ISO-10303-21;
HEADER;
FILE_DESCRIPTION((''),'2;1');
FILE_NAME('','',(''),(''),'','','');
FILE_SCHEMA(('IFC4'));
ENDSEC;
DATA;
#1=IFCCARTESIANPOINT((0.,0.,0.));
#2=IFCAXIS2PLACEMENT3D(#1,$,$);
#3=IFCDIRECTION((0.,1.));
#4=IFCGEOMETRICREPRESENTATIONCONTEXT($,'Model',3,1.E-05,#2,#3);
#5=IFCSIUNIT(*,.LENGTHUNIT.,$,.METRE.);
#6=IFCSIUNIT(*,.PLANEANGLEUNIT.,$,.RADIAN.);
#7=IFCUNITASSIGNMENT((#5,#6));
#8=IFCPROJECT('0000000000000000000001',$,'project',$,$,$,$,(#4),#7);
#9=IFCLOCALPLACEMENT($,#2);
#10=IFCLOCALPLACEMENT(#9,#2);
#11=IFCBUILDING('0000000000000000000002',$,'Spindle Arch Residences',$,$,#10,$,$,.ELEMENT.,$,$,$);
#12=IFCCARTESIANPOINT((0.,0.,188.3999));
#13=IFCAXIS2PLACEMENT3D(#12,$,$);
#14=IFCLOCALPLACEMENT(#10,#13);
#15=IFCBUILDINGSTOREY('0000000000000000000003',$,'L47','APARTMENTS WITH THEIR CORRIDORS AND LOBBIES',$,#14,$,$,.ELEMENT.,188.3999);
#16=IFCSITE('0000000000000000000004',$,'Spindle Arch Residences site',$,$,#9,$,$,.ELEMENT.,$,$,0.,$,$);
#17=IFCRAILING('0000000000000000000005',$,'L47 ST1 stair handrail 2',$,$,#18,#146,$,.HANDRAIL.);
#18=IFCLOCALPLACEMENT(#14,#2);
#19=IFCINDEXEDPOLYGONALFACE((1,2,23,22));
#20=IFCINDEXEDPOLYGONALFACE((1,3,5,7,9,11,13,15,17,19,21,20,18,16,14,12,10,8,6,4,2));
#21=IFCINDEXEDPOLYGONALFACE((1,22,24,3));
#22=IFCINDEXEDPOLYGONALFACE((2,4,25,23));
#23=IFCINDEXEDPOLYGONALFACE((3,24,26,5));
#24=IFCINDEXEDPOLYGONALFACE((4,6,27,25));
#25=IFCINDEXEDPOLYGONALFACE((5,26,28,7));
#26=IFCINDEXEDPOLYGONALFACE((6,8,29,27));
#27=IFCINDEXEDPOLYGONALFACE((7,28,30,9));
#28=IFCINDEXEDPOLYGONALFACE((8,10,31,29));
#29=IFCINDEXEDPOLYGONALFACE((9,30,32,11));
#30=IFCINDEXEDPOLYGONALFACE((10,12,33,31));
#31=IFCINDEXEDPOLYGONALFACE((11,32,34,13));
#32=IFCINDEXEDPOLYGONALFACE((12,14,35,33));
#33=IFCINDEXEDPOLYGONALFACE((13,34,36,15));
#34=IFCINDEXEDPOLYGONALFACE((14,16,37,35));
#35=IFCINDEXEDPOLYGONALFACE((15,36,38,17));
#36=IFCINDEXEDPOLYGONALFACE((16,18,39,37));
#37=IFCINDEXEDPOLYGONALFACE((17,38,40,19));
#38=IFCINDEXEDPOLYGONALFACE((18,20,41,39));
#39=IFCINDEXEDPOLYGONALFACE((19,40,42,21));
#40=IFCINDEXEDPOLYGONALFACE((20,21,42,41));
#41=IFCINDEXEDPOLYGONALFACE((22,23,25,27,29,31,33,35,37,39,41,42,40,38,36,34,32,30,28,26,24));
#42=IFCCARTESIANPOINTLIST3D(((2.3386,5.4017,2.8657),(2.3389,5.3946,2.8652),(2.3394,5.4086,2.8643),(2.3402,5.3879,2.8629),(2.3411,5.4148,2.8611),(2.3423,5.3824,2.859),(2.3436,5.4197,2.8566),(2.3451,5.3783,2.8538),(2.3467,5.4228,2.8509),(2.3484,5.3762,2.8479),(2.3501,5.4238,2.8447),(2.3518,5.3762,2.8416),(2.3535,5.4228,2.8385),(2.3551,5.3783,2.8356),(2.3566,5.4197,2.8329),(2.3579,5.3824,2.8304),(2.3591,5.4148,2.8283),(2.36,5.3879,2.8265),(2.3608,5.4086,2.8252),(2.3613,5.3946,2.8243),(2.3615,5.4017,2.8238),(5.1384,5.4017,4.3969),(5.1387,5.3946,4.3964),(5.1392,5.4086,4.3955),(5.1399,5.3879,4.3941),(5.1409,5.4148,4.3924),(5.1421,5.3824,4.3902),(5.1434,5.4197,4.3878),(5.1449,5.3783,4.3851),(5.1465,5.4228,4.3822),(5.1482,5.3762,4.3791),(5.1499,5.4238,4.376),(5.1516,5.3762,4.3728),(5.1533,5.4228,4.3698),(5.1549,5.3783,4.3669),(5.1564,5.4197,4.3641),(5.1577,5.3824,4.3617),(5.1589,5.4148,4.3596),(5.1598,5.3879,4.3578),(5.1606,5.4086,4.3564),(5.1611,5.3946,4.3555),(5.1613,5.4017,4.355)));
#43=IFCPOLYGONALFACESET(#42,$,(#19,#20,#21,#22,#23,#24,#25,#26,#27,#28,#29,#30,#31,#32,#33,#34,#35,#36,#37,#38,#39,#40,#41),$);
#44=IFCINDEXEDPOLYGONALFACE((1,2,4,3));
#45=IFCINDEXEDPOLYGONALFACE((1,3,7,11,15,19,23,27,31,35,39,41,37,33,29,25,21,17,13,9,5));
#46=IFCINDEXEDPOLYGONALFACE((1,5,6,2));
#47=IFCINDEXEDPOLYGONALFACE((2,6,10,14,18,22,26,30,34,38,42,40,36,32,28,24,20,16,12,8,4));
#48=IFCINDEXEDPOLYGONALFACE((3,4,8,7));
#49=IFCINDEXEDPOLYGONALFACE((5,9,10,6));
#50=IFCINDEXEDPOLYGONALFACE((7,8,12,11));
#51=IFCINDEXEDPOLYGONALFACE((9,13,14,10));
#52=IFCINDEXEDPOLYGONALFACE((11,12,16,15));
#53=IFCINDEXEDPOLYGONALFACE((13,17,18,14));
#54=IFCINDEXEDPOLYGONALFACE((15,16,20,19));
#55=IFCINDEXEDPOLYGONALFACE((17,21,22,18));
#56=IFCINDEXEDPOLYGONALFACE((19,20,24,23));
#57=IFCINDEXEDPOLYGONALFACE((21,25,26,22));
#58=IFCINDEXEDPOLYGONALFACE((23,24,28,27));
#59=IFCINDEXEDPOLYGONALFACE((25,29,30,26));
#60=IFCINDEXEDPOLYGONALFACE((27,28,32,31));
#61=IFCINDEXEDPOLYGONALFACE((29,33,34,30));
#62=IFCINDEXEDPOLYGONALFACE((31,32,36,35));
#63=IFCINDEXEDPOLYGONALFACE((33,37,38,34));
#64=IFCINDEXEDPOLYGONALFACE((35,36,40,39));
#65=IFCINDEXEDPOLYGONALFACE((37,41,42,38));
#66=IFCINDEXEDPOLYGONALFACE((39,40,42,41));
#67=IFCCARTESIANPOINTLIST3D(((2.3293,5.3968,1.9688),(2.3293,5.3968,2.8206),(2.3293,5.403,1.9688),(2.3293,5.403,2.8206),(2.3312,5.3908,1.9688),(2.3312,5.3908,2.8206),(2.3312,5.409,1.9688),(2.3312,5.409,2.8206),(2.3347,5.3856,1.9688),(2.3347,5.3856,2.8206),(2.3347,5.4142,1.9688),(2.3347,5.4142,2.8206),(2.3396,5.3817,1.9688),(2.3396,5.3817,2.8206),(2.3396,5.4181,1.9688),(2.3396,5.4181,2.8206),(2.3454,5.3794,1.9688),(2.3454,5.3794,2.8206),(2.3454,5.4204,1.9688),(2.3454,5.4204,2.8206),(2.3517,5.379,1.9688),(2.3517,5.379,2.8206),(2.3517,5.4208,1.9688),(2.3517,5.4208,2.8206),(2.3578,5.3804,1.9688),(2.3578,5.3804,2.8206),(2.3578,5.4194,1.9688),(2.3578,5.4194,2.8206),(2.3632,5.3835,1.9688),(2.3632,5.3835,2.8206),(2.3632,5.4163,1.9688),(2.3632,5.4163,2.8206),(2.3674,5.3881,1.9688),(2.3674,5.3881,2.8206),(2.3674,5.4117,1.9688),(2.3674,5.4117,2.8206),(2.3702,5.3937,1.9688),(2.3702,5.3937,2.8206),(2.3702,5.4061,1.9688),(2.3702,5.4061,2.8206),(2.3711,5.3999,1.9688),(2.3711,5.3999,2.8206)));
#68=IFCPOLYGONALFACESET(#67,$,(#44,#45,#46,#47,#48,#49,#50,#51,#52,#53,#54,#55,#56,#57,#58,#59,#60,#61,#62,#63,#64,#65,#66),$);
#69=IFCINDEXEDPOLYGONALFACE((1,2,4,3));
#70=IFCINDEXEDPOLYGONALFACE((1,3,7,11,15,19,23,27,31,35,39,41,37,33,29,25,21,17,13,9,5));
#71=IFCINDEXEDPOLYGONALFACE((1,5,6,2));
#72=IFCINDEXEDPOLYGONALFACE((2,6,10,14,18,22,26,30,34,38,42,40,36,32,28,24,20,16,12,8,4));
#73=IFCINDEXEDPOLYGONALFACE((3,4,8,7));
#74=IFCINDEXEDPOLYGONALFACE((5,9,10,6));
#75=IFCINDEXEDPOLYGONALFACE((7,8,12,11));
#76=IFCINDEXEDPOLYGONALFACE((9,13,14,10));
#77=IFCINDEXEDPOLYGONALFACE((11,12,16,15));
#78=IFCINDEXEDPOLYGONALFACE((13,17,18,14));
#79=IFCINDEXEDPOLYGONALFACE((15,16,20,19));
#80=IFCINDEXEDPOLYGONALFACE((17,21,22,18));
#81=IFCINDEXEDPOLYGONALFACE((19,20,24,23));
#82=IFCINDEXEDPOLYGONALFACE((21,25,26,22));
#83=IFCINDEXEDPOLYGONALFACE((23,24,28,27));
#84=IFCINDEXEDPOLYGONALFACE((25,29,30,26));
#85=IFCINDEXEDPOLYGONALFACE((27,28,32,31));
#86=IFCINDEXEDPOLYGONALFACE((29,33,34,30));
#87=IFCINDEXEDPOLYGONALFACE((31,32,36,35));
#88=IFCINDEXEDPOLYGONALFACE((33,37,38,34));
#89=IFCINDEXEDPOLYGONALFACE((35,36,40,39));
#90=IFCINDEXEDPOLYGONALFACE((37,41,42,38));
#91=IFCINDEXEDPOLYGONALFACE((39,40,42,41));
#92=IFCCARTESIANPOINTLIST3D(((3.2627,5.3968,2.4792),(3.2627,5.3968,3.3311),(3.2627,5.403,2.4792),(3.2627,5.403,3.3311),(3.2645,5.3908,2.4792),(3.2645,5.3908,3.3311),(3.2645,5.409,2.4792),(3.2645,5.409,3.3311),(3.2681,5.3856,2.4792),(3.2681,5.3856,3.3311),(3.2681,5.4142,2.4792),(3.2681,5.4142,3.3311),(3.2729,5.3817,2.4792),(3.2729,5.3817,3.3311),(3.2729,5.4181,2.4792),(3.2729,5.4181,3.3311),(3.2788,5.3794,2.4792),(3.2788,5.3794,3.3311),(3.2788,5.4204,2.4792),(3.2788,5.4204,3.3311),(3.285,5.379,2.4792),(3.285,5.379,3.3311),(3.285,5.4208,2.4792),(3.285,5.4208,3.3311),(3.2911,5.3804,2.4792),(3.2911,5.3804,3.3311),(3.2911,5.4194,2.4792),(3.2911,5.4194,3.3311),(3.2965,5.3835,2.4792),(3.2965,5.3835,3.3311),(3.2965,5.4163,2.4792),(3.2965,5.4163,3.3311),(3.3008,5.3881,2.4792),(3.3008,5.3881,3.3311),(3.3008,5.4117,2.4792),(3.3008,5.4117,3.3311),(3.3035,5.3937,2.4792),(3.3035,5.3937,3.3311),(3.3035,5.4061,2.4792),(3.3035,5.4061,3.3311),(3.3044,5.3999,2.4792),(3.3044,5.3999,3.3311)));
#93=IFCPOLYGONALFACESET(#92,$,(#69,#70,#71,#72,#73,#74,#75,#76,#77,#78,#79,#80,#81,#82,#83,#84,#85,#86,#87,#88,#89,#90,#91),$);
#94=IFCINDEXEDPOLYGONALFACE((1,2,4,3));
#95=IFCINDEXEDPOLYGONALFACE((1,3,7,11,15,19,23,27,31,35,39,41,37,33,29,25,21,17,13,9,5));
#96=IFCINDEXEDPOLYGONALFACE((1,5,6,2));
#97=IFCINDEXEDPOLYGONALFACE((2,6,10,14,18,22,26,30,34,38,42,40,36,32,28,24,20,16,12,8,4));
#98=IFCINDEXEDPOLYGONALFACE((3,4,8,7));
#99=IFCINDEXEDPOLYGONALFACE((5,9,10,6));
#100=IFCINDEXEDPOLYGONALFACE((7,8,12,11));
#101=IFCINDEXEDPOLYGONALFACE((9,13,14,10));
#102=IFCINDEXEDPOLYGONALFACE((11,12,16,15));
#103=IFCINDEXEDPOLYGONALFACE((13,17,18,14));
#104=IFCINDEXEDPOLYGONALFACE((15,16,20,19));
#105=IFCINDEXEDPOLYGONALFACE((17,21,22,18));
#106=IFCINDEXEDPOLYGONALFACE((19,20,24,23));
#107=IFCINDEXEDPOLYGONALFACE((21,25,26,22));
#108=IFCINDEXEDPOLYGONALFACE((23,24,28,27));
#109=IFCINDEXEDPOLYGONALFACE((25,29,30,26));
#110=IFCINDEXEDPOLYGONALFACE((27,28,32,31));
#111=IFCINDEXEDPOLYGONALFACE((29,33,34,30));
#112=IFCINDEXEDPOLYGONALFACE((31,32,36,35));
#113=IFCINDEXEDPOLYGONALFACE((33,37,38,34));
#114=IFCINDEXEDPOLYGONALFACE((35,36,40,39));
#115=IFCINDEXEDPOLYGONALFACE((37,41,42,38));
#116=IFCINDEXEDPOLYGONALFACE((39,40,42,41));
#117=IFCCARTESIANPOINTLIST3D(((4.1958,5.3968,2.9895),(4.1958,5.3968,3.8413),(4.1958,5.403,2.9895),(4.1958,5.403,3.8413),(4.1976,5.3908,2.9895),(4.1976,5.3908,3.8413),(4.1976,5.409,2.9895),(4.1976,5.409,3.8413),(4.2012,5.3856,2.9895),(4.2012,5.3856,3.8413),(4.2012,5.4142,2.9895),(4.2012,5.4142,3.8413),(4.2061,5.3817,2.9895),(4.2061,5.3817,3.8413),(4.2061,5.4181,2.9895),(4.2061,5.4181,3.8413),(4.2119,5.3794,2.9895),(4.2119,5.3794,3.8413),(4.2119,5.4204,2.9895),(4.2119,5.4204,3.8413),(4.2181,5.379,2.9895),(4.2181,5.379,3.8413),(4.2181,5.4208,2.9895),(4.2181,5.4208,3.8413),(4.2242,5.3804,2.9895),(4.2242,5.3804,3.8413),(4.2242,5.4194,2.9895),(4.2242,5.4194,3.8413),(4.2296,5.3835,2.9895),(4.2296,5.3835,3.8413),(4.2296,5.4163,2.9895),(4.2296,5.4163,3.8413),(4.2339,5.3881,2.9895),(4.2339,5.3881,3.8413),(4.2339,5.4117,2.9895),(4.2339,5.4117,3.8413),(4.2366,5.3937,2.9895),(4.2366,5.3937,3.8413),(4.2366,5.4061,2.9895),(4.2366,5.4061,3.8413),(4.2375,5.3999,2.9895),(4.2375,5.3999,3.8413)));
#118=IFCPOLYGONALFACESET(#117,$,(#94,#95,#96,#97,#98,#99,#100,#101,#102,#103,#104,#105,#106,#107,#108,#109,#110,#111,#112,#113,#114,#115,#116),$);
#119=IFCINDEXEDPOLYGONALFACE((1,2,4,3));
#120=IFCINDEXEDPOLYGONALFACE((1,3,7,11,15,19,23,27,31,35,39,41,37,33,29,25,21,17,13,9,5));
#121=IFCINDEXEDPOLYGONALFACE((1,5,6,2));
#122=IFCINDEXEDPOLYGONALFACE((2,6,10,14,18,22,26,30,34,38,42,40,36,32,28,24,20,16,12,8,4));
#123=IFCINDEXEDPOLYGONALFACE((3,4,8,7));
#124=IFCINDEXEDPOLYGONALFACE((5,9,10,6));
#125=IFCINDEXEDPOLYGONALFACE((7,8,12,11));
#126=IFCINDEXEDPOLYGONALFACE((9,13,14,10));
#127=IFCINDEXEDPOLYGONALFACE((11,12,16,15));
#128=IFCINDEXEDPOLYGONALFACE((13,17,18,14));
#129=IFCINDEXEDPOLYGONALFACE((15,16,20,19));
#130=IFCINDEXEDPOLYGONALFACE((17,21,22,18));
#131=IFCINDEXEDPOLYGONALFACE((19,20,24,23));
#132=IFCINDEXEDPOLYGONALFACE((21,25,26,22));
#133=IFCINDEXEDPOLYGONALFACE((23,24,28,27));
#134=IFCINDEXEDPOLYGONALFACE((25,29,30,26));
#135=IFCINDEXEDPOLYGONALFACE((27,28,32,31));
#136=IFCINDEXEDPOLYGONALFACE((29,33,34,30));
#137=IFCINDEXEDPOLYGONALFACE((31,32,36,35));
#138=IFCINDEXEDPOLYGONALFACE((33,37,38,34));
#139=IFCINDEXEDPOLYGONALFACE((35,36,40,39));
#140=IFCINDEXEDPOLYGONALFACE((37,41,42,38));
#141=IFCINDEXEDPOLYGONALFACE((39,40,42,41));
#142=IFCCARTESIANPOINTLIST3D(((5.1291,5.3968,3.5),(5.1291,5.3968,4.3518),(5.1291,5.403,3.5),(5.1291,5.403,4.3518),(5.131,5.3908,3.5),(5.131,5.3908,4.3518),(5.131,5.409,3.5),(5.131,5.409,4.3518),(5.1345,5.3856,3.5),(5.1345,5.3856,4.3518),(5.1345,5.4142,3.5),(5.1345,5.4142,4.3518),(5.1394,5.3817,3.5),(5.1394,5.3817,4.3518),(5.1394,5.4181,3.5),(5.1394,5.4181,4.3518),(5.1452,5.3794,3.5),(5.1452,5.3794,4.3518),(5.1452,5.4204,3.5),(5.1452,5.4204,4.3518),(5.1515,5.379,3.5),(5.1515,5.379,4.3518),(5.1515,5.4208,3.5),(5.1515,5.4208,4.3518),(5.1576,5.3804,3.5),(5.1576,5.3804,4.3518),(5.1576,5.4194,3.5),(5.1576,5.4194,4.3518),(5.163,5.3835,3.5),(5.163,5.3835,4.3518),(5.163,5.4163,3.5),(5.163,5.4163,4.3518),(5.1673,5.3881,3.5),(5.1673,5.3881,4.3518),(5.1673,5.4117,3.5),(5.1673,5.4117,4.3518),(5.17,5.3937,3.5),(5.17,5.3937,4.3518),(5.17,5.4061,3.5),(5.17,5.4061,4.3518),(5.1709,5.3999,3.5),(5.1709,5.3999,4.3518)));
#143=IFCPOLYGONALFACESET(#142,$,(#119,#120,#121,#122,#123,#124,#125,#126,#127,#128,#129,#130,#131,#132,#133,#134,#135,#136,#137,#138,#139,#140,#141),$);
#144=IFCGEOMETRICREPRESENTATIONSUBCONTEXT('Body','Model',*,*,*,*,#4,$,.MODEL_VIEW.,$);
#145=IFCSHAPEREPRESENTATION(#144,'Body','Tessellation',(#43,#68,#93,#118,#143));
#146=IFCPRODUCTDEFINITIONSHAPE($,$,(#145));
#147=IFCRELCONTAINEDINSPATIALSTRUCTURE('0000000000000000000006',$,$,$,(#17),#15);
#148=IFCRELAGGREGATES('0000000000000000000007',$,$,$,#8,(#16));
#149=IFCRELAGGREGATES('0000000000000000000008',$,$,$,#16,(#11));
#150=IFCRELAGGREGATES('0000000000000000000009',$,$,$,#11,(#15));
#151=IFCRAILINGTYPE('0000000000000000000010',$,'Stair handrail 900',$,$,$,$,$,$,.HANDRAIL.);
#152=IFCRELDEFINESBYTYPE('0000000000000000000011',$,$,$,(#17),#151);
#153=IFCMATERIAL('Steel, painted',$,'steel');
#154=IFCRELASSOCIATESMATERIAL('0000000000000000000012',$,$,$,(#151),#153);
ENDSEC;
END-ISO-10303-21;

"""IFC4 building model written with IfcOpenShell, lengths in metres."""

from ifc_helpers import new_model, si_unit, direction, frame, origin, origin_2d, place, context, subcontext, project, spatial, circle, extrude, material, type_object, element, save


model = new_model("IFC4")

# Units and contexts
model_context = context("Model", 3, precision=1e-05, world=origin(), true_north=direction((0.0, 1.0)))
body_context = subcontext(model_context, "Body", "Model", "MODEL_VIEW")
ifc_project = project(units=[si_unit("LENGTHUNIT", "METRE"), si_unit("PLANEANGLEUNIT", "RADIAN")], contexts=[model_context])

# Site, building, storey
site_placement = place(None, origin())
site = spatial("IfcSite", under=ifc_project, at=site_placement, Name="Spindle Arch Residences site", CompositionType="ELEMENT", RefElevation=0.0)
building_placement = place(site_placement, origin())
building = spatial("IfcBuilding", under=site, at=building_placement, Name="Spindle Arch Residences", CompositionType="ELEMENT")
storey_placement = place(building_placement, frame((0.0, 0.0, 188.3999)))
storey = spatial("IfcBuildingStorey", under=building, at=storey_placement, Name="L47", Description="APARTMENTS WITH THEIR CORRIDORS AND LOBBIES", CompositionType="ELEMENT", Elevation=188.3999)

# Railing
ifc_material_1 = material(Name="Steel, painted", Category="steel")
railing_type_1 = type_object("IfcRailingType", Name="Stair handrail 900", PredefinedType="HANDRAIL", material=ifc_material_1)
railing_1_placement = place(storey_placement, frame((2.3501, 5.3999, 1.9688)))
element("IfcRailing", 1, at=railing_1_placement, inside=storey, type_object=railing_type_1, Name="L47 ST1 stair handrail 2", PredefinedType="HANDRAIL", context=body_context, shape_type="SweptSolid", body=[
    extrude(circle(Radius=0.0239, at=origin_2d()), frame((0.0, 0.0, 0.876), z_axis=(0.877357, 0.0, 0.479838), x_axis=(0.0, 1.0, 0.0)), (0.0, 0.0, 1.0), 3.1912),
    extrude(circle(Radius=0.021, at=origin_2d()), origin(), (0.0, 0.0, 1.0), 0.8518),
    extrude(circle(Radius=0.021, at=origin_2d()), frame((0.9333, 0.0, 0.5105)), (0.0, 0.0, 1.0), 0.8518),
    extrude(circle(Radius=0.021, at=origin_2d()), frame((1.8665, 0.0, 1.0208)), (0.0, 0.0, 1.0), 0.8518),
    extrude(circle(Radius=0.021, at=origin_2d()), frame((2.7998, 0.0, 1.5312)), (0.0, 0.0, 1.0), 0.8518),
])

save(model, "model.ifc")
